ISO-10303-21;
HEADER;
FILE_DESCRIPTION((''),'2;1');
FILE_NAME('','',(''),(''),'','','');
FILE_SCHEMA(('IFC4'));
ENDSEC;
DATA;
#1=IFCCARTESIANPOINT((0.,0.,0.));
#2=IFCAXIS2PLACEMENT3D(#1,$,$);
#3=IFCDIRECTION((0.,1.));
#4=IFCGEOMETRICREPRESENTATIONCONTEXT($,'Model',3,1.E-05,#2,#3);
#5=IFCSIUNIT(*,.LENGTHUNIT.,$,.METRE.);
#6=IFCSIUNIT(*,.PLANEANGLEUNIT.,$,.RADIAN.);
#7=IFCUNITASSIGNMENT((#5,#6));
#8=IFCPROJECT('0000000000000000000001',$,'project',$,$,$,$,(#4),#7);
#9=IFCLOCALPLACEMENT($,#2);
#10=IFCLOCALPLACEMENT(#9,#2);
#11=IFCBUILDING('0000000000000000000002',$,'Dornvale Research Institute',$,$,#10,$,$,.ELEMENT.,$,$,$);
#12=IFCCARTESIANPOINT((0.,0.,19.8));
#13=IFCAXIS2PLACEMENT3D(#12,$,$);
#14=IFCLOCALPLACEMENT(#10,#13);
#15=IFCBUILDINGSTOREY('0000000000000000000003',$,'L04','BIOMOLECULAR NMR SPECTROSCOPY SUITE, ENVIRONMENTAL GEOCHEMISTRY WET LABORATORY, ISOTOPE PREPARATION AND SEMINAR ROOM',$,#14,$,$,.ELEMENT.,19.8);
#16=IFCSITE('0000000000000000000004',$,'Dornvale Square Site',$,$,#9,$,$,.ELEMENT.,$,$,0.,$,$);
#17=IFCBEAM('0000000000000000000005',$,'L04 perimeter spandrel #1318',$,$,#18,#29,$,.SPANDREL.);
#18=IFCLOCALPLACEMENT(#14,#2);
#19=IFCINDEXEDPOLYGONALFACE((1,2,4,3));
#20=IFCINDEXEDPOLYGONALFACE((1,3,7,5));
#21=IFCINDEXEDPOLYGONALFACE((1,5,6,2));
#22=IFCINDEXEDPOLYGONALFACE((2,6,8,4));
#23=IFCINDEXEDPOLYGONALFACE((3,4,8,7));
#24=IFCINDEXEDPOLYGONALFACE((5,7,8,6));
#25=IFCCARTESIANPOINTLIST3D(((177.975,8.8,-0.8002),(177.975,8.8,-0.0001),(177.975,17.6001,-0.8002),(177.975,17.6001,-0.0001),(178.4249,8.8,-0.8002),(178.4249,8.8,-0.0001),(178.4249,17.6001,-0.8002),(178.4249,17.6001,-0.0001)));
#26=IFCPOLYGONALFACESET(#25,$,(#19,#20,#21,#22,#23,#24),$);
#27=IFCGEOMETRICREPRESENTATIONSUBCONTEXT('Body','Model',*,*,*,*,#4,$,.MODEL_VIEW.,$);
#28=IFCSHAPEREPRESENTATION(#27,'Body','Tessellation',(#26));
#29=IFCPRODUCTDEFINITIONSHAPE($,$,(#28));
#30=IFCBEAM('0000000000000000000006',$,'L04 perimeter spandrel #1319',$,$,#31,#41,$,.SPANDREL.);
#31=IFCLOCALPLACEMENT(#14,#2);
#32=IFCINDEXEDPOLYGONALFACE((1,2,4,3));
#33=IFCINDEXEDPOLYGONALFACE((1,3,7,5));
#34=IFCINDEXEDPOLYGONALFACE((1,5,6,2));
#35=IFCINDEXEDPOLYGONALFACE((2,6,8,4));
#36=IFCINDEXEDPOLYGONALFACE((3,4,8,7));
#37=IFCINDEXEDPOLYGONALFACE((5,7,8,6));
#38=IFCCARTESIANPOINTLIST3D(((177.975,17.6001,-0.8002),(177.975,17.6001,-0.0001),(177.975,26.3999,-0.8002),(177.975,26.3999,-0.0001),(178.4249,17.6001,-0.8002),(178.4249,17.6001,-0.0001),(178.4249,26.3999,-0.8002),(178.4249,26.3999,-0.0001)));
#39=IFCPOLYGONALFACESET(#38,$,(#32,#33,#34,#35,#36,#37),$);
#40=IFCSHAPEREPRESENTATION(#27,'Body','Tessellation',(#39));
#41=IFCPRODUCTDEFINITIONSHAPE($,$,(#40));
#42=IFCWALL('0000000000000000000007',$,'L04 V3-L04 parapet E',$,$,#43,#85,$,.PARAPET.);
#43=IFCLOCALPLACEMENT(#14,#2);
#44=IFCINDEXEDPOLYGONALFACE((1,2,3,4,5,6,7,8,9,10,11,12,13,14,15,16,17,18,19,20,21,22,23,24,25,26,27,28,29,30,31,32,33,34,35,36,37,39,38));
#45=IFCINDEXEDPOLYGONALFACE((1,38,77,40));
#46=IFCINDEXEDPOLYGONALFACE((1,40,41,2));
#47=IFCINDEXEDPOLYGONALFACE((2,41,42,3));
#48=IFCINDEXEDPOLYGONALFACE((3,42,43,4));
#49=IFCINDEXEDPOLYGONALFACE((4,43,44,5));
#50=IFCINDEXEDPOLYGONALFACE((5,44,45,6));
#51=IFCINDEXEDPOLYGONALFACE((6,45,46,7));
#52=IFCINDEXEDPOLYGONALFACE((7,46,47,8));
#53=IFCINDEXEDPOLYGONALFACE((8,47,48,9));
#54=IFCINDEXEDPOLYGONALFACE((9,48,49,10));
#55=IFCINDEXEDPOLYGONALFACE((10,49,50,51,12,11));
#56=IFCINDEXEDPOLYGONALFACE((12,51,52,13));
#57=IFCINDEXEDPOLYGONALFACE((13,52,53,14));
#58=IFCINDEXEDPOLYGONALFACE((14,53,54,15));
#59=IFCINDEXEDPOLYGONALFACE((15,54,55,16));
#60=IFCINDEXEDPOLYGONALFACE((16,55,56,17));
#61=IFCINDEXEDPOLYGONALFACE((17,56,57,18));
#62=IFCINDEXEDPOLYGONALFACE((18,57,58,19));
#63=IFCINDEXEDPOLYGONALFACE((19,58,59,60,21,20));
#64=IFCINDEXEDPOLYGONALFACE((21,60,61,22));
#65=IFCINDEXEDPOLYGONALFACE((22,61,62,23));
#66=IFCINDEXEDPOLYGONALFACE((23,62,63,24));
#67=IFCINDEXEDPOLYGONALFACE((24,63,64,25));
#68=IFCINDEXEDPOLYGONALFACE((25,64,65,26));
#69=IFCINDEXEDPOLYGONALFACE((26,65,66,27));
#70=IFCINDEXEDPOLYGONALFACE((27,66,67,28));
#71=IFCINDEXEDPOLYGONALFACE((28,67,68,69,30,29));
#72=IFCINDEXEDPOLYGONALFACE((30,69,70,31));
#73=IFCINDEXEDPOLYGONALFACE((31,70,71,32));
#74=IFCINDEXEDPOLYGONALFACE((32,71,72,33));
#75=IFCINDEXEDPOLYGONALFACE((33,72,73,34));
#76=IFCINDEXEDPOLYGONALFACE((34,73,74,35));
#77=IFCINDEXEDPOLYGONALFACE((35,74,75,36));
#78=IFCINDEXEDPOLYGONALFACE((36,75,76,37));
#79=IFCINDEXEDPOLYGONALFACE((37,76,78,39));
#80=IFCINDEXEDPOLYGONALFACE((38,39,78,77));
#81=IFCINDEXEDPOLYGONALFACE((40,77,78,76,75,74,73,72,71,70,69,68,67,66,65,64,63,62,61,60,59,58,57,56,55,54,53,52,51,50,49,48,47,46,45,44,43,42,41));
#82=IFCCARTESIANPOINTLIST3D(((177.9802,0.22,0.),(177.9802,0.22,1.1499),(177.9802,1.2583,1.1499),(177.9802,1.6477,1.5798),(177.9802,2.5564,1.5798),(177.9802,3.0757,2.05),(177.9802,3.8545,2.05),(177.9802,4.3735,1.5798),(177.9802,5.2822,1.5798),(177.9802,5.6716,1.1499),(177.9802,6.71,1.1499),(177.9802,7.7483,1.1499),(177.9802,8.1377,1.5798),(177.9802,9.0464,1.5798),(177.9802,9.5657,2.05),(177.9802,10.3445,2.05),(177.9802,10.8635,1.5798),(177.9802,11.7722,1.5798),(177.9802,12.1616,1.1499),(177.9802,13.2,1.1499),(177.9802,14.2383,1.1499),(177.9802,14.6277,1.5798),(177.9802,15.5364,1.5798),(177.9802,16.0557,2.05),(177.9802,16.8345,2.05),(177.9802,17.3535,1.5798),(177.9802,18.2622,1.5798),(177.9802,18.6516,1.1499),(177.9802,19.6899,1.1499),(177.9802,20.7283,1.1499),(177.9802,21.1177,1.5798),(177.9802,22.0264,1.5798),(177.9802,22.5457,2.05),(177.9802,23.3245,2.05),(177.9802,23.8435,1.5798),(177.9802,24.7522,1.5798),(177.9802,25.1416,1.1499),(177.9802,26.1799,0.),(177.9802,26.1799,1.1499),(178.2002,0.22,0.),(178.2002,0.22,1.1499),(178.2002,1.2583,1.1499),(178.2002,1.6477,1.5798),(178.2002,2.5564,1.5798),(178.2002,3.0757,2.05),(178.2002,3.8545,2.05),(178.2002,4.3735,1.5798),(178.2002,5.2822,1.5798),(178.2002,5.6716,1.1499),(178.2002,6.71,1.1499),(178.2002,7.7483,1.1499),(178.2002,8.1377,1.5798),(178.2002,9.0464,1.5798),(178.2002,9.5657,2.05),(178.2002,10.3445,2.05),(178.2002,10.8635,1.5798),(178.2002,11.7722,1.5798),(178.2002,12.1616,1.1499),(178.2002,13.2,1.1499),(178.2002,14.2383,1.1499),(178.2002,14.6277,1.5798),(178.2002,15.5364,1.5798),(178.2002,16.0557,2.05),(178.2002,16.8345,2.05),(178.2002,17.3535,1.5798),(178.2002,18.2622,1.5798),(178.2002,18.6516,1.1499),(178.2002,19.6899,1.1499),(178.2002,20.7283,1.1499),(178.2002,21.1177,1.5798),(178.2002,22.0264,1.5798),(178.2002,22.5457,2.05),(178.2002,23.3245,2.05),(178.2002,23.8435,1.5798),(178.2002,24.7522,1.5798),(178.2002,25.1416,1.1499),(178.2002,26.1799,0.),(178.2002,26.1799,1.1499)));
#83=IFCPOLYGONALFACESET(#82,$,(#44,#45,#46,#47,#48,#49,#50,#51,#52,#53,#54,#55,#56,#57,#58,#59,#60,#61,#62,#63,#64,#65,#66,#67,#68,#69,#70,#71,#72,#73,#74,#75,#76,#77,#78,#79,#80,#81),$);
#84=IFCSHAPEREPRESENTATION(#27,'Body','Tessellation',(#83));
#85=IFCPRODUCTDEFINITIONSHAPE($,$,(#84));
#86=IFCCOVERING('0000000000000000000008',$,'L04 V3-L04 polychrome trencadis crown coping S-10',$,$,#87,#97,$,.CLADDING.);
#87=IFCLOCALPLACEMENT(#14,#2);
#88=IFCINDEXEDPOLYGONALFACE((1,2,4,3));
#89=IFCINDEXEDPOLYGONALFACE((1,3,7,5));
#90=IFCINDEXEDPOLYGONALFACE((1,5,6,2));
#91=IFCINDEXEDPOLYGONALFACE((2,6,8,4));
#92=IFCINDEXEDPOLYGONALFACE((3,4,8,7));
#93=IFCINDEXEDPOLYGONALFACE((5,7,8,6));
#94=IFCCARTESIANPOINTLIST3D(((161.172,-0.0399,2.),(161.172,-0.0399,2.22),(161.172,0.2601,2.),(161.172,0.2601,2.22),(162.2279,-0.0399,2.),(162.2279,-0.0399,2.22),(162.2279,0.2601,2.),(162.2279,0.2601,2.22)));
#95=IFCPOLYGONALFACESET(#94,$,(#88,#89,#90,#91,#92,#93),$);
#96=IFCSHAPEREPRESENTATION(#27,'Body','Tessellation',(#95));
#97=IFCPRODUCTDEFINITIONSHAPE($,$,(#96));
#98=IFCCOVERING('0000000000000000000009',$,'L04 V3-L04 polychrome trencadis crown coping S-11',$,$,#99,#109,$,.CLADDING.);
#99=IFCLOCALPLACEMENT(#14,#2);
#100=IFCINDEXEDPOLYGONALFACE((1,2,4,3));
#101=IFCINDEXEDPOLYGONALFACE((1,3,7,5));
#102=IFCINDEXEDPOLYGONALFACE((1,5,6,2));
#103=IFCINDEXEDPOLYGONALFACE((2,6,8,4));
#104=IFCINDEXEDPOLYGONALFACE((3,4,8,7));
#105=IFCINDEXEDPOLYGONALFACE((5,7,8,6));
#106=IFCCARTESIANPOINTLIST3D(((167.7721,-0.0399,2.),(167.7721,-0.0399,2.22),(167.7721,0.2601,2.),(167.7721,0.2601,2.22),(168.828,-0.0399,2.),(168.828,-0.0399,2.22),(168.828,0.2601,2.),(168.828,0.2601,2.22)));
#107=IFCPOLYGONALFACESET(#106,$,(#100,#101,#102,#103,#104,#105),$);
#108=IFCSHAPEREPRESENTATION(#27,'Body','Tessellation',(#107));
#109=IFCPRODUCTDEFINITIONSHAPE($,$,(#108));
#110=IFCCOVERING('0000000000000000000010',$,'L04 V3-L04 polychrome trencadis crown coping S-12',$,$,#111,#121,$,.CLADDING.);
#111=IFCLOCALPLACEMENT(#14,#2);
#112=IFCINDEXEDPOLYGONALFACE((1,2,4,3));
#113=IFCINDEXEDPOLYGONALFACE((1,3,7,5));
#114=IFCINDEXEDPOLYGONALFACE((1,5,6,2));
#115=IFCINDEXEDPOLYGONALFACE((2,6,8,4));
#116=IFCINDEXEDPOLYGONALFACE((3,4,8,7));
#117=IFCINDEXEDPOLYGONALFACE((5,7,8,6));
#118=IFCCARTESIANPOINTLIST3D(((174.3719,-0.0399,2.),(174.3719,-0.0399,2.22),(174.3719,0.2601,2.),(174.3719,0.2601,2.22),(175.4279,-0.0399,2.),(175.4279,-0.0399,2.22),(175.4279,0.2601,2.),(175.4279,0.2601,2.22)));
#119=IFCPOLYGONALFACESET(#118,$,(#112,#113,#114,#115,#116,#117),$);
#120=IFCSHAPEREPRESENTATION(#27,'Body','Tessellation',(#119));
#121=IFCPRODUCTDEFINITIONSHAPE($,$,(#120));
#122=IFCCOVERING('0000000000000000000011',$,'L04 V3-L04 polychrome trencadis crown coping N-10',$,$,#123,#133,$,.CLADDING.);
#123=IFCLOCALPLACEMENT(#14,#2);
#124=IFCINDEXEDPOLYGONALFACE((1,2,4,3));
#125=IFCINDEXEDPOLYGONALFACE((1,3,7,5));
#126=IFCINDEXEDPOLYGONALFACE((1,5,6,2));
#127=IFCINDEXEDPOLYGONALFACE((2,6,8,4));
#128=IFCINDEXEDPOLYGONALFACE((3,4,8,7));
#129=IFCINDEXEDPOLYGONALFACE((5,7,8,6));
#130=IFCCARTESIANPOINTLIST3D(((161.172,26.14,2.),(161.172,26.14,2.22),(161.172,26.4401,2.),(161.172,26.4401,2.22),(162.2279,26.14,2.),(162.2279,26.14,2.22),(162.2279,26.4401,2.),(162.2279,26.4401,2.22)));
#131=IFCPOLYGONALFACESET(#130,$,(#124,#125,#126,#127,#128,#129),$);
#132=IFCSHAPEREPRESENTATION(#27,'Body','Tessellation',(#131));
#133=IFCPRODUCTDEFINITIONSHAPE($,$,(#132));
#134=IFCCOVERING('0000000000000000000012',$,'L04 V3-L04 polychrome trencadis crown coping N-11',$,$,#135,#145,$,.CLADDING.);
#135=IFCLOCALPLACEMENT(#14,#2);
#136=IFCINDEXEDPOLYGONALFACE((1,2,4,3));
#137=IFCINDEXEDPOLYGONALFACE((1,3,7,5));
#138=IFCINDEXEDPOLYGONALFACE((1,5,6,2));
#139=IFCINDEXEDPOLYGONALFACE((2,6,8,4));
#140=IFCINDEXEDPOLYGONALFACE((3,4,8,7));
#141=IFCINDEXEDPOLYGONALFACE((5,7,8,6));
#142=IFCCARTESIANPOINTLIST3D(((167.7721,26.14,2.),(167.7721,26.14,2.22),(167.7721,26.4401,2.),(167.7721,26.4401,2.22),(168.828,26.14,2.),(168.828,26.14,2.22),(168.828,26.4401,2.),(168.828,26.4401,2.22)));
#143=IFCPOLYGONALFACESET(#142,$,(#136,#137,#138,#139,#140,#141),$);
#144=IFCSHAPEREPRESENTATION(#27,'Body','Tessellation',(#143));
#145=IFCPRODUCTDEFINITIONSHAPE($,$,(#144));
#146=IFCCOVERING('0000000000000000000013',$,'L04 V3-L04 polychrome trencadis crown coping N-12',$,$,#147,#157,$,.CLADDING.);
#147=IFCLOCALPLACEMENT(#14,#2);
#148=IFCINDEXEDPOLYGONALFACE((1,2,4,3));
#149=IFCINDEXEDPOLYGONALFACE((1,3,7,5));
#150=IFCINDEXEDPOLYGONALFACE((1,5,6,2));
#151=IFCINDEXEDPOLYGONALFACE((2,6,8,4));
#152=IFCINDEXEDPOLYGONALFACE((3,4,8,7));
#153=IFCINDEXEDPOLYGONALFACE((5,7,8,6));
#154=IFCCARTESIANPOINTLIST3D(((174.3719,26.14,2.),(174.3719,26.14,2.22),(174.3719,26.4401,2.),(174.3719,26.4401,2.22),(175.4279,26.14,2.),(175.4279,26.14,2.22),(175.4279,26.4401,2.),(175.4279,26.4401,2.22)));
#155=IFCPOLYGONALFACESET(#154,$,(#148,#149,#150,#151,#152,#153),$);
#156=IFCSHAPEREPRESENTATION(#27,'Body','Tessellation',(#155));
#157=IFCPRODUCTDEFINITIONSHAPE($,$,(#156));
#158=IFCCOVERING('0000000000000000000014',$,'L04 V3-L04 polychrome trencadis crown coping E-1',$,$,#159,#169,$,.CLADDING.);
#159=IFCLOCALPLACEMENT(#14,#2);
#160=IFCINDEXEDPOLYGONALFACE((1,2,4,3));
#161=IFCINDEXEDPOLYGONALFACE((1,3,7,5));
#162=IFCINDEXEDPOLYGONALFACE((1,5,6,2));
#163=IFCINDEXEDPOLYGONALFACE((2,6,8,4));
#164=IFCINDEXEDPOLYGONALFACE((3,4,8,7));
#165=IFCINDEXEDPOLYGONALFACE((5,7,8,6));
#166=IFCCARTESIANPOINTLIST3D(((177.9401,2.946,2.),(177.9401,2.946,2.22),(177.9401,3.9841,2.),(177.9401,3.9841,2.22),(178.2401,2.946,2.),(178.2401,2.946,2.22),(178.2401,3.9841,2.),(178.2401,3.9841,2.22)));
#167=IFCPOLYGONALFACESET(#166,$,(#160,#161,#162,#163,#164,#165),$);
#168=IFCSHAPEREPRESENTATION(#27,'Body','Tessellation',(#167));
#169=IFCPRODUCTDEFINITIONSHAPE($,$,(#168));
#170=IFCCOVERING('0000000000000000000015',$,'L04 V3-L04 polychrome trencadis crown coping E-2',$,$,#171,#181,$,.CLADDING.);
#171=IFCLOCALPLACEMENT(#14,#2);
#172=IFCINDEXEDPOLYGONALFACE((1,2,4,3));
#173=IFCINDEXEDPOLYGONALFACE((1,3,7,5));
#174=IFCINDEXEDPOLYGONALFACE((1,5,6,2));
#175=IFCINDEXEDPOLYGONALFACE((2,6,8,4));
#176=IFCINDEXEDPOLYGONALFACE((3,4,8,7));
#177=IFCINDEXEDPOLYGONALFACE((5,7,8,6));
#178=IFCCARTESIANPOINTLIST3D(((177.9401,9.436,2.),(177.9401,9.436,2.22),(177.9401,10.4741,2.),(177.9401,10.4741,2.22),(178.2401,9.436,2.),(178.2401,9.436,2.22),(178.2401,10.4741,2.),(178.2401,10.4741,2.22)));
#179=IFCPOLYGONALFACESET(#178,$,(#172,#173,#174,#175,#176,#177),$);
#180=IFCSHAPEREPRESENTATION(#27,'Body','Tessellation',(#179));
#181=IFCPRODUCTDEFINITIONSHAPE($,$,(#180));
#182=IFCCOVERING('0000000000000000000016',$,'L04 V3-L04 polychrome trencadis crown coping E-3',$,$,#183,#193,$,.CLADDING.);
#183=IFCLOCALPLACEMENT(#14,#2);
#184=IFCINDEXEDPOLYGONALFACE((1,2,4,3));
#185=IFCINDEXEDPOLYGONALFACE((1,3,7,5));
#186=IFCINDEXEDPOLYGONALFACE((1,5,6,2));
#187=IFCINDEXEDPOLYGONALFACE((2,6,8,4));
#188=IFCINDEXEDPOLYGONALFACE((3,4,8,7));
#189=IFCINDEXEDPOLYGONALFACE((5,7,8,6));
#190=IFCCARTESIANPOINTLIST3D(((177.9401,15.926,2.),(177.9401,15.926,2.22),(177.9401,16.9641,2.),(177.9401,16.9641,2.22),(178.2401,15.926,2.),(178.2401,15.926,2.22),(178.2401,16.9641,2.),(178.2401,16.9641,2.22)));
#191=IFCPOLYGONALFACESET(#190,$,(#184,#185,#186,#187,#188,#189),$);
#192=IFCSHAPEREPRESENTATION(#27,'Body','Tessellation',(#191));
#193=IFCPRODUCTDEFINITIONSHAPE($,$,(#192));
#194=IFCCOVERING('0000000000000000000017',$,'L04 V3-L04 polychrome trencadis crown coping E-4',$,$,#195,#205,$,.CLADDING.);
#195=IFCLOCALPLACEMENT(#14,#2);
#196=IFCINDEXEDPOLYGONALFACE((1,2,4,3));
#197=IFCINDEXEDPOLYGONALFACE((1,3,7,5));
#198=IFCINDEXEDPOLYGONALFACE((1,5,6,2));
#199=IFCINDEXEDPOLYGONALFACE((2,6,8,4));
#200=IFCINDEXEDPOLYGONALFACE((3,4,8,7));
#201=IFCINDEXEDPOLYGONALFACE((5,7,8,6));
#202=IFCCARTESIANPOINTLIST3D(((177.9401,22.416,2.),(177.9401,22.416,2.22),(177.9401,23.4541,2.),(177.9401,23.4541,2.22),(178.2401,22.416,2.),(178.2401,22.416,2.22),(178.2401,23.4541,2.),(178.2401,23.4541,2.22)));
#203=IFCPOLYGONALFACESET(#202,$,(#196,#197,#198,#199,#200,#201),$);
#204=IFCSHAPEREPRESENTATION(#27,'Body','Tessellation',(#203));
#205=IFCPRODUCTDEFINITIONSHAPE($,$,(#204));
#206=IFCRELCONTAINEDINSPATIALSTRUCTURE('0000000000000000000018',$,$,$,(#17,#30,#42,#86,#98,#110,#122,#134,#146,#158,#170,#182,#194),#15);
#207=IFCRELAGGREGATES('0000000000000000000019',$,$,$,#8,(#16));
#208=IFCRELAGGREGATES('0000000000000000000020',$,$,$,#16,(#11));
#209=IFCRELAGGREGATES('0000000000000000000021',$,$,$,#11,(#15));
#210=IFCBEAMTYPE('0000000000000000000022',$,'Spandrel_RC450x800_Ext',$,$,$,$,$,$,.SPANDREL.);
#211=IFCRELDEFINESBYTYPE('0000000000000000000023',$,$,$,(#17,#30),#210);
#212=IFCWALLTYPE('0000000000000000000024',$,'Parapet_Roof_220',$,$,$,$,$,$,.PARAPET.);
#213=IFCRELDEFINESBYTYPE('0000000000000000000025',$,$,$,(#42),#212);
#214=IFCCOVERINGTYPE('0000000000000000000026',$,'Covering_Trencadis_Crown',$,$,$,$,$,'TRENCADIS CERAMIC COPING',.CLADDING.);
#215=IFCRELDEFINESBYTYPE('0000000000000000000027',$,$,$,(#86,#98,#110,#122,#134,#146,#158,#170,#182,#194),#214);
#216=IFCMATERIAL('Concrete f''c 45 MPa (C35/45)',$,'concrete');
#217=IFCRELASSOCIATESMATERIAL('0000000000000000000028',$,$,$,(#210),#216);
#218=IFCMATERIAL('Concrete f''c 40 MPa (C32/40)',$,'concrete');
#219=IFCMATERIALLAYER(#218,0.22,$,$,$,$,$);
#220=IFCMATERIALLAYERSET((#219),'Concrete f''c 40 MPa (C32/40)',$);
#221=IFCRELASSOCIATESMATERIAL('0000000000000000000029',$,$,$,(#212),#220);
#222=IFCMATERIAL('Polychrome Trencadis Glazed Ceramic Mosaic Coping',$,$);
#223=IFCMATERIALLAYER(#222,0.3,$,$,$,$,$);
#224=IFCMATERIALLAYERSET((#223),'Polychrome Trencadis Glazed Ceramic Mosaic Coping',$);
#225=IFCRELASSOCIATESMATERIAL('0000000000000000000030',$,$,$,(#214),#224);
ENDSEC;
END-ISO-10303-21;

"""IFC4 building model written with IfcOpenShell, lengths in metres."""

from ifc_helpers import new_model, si_unit, direction, frame, origin, origin_2d, place, context, subcontext, project, spatial, polyline, rectangle, outline, extrude, material, layer, layer_set, material_profile, profile_set, type_object, element, save


model = new_model("IFC4")

# Units and contexts
model_context = context("Model", 3, precision=1e-05, world=origin(), true_north=direction((0.0, 1.0)))
body_context = subcontext(model_context, "Body", "Model", "MODEL_VIEW")
ifc_project = project(units=[si_unit("LENGTHUNIT", "METRE"), si_unit("PLANEANGLEUNIT", "RADIAN")], contexts=[model_context])

# Site, building, storey
site_placement = place(None, origin())
site = spatial("IfcSite", under=ifc_project, at=site_placement, Name="Dornvale Square Site", CompositionType="ELEMENT", RefElevation=0.0)
building_placement = place(site_placement, origin())
building = spatial("IfcBuilding", under=site, at=building_placement, Name="Dornvale Research Institute", CompositionType="ELEMENT")
storey_placement = place(building_placement, frame((0.0, 0.0, 19.8)))
storey = spatial("IfcBuildingStorey", under=building, at=storey_placement, Name="L04", Description="BIOMOLECULAR NMR SPECTROSCOPY SUITE, ENVIRONMENTAL GEOCHEMISTRY WET LABORATORY, ISOTOPE PREPARATION AND SEMINAR ROOM", CompositionType="ELEMENT", Elevation=19.8)

# Beams
ifc_material_1 = material(Name="Concrete f'c 45 MPa (C35/45)", Category="concrete")
ifc_material_profile_1 = material_profile(ifc_material_1, rectangle(XDim=0.45, YDim=0.8, at=origin_2d()), Name="RC 450x800")
ifc_profile_set_1 = profile_set([ifc_material_profile_1], Name="Concrete f'c 45 MPa (C35/45)")
beam_type_1 = type_object("IfcBeamType", Name="Spandrel_RC450x800_Ext", PredefinedType="SPANDREL", material=ifc_profile_set_1)
for number, where, z_axis, x_axis, name in (
    (1, (178.2, 8.8, -0.4001), (0.0, 1.0, 0.0), (-1.0, 0.0, 0.0), "L04 perimeter spandrel #1318"),
):
    element("IfcBeam", number, at=place(storey_placement, frame(where, z_axis=z_axis, x_axis=x_axis)), inside=storey, type_object=beam_type_1, Name=name, PredefinedType="SPANDREL", context=body_context, shape_type="SweptSolid", body=[
        extrude(rectangle(XDim=0.45, YDim=0.8, at=origin_2d()), origin(), (0.0, 0.0, 1.0), 8.8),
    ])
beam_1_placement = place(storey_placement, frame((178.2, 17.6001, -0.4001), z_axis=(0.0, 1.0, 0.0), x_axis=(-1.0, 0.0, 0.0)))
element("IfcBeam", 2, at=beam_1_placement, inside=storey, type_object=beam_type_1, Name="L04 perimeter spandrel #1319", PredefinedType="SPANDREL", context=body_context, shape_type="SweptSolid", body=[
    extrude(rectangle(XDim=0.45, YDim=0.8, at=origin_2d()), origin(), (0.0, 0.0, 1.0), 8.7998),
])

# Wall
ifc_material_2 = material(Name="Concrete f'c 40 MPa (C32/40)", Category="concrete")
ifc_layer_1 = layer(ifc_material_2, 0.22)
ifc_layer_set_1 = layer_set([ifc_layer_1], Name="Concrete f'c 40 MPa (C32/40)")
wall_type = type_object("IfcWallType", Name="Parapet_Roof_220", PredefinedType="PARAPET", material=ifc_layer_set_1)
wall_placement = place(storey_placement, frame((178.0901, 0.22, 0.0), z_axis=(0.0, 0.0, 1.0), x_axis=(0.0, 1.0, 0.0)))
element("IfcWall", 3, at=wall_placement, inside=storey, type_object=wall_type, Name="L04 V3-L04 parapet E", PredefinedType="PARAPET", context=body_context, shape_type="SweptSolid", body=[
    extrude(outline(polyline([(0.0, 0.0), (25.96, 0.0), (25.96, 1.1499), (24.9216, 1.1499), (24.5322, 1.5798), (23.6235, 1.5798), (23.1045, 2.05), (22.3257, 2.05), (21.8064, 1.5798), (20.8977, 1.5798), (20.5083, 1.1499), (19.47, 1.1499), (18.4316, 1.1499), (18.0422, 1.5798), (17.1335, 1.5798), (16.6145, 2.05), (15.8357, 2.05), (15.3164, 1.5798), (14.4077, 1.5798), (14.0183, 1.1499), (12.98, 1.1499), (11.9417, 1.1499), (11.5522, 1.5798), (10.6436, 1.5798), (10.1245, 2.05), (9.3457, 2.05), (8.8264, 1.5798), (7.9177, 1.5798), (7.5283, 1.1499), (6.49, 1.1499), (5.4517, 1.1499), (5.0623, 1.5798), (4.1536, 1.5798), (3.6345, 2.05), (2.8557, 2.05), (2.3364, 1.5798), (1.4277, 1.5798), (1.0383, 1.1499), (0.0, 1.1499), (0.0, 0.0)])), frame((0.0, 0.1099, 0.0), z_axis=(0.0, -1.0, 0.0), x_axis=(1.0, 0.0, 0.0)), (0.0, 0.0, 1.0), 0.22),
])

# Coverings
ifc_material_3 = material(Name="Polychrome Trencadis Glazed Ceramic Mosaic Coping")
ifc_layer_2 = layer(ifc_material_3, 0.3)
ifc_layer_set_2 = layer_set([ifc_layer_2], Name="Polychrome Trencadis Glazed Ceramic Mosaic Coping")
covering_type = type_object("IfcCoveringType", Name="Covering_Trencadis_Crown", ElementType="TRENCADIS CERAMIC COPING", PredefinedType="CLADDING", material=ifc_layer_set_2)
for number, where, z_axis, x_axis, name in (
    (4, (161.7, 0.1101, 2.0), (0.0, 0.0, 1.0), (1.0, 0.0, 0.0), "L04 V3-L04 polychrome trencadis crown coping S-10"),
    (5, (168.3, 0.1101, 2.0), (0.0, 0.0, 1.0), (1.0, 0.0, 0.0), "L04 V3-L04 polychrome trencadis crown coping S-11"),
    (6, (174.8999, 0.1101, 2.0), (0.0, 0.0, 1.0), (1.0, 0.0, 0.0), "L04 V3-L04 polychrome trencadis crown coping S-12"),
    (7, (161.7, 26.29, 2.0), (0.0, 0.0, 1.0), (1.0, 0.0, 0.0), "L04 V3-L04 polychrome trencadis crown coping N-10"),
    (8, (168.3, 26.29, 2.0), (0.0, 0.0, 1.0), (1.0, 0.0, 0.0), "L04 V3-L04 polychrome trencadis crown coping N-11"),
    (9, (174.8999, 26.29, 2.0), (0.0, 0.0, 1.0), (1.0, 0.0, 0.0), "L04 V3-L04 polychrome trencadis crown coping N-12"),
):
    element("IfcCovering", number, at=place(storey_placement, frame(where, z_axis=z_axis, x_axis=x_axis)), inside=storey, type_object=covering_type, Name=name, PredefinedType="CLADDING", context=body_context, shape_type="SweptSolid", body=[
        extrude(rectangle(XDim=1.0559, YDim=0.3, at=origin_2d()), origin(), (0.0, 0.0, 1.0), 0.22),
    ])
for number, where, z_axis, x_axis, name in (
    (10, (178.0901, 3.4651, 2.0), (0.0, 0.0, 1.0), (0.0, 1.0, 0.0), "L04 V3-L04 polychrome trencadis crown coping E-1"),
    (11, (178.0901, 9.9551, 2.0), (0.0, 0.0, 1.0), (0.0, 1.0, 0.0), "L04 V3-L04 polychrome trencadis crown coping E-2"),
    (12, (178.0901, 16.4451, 2.0), (0.0, 0.0, 1.0), (0.0, 1.0, 0.0), "L04 V3-L04 polychrome trencadis crown coping E-3"),
    (13, (178.0901, 22.9351, 2.0), (0.0, 0.0, 1.0), (0.0, 1.0, 0.0), "L04 V3-L04 polychrome trencadis crown coping E-4"),
):
    element("IfcCovering", number, at=place(storey_placement, frame(where, z_axis=z_axis, x_axis=x_axis)), inside=storey, type_object=covering_type, Name=name, PredefinedType="CLADDING", context=body_context, shape_type="SweptSolid", body=[
        extrude(rectangle(XDim=1.0381, YDim=0.3, at=origin_2d()), origin(), (0.0, 0.0, 1.0), 0.22),
    ])

save(model, "model.ifc")
